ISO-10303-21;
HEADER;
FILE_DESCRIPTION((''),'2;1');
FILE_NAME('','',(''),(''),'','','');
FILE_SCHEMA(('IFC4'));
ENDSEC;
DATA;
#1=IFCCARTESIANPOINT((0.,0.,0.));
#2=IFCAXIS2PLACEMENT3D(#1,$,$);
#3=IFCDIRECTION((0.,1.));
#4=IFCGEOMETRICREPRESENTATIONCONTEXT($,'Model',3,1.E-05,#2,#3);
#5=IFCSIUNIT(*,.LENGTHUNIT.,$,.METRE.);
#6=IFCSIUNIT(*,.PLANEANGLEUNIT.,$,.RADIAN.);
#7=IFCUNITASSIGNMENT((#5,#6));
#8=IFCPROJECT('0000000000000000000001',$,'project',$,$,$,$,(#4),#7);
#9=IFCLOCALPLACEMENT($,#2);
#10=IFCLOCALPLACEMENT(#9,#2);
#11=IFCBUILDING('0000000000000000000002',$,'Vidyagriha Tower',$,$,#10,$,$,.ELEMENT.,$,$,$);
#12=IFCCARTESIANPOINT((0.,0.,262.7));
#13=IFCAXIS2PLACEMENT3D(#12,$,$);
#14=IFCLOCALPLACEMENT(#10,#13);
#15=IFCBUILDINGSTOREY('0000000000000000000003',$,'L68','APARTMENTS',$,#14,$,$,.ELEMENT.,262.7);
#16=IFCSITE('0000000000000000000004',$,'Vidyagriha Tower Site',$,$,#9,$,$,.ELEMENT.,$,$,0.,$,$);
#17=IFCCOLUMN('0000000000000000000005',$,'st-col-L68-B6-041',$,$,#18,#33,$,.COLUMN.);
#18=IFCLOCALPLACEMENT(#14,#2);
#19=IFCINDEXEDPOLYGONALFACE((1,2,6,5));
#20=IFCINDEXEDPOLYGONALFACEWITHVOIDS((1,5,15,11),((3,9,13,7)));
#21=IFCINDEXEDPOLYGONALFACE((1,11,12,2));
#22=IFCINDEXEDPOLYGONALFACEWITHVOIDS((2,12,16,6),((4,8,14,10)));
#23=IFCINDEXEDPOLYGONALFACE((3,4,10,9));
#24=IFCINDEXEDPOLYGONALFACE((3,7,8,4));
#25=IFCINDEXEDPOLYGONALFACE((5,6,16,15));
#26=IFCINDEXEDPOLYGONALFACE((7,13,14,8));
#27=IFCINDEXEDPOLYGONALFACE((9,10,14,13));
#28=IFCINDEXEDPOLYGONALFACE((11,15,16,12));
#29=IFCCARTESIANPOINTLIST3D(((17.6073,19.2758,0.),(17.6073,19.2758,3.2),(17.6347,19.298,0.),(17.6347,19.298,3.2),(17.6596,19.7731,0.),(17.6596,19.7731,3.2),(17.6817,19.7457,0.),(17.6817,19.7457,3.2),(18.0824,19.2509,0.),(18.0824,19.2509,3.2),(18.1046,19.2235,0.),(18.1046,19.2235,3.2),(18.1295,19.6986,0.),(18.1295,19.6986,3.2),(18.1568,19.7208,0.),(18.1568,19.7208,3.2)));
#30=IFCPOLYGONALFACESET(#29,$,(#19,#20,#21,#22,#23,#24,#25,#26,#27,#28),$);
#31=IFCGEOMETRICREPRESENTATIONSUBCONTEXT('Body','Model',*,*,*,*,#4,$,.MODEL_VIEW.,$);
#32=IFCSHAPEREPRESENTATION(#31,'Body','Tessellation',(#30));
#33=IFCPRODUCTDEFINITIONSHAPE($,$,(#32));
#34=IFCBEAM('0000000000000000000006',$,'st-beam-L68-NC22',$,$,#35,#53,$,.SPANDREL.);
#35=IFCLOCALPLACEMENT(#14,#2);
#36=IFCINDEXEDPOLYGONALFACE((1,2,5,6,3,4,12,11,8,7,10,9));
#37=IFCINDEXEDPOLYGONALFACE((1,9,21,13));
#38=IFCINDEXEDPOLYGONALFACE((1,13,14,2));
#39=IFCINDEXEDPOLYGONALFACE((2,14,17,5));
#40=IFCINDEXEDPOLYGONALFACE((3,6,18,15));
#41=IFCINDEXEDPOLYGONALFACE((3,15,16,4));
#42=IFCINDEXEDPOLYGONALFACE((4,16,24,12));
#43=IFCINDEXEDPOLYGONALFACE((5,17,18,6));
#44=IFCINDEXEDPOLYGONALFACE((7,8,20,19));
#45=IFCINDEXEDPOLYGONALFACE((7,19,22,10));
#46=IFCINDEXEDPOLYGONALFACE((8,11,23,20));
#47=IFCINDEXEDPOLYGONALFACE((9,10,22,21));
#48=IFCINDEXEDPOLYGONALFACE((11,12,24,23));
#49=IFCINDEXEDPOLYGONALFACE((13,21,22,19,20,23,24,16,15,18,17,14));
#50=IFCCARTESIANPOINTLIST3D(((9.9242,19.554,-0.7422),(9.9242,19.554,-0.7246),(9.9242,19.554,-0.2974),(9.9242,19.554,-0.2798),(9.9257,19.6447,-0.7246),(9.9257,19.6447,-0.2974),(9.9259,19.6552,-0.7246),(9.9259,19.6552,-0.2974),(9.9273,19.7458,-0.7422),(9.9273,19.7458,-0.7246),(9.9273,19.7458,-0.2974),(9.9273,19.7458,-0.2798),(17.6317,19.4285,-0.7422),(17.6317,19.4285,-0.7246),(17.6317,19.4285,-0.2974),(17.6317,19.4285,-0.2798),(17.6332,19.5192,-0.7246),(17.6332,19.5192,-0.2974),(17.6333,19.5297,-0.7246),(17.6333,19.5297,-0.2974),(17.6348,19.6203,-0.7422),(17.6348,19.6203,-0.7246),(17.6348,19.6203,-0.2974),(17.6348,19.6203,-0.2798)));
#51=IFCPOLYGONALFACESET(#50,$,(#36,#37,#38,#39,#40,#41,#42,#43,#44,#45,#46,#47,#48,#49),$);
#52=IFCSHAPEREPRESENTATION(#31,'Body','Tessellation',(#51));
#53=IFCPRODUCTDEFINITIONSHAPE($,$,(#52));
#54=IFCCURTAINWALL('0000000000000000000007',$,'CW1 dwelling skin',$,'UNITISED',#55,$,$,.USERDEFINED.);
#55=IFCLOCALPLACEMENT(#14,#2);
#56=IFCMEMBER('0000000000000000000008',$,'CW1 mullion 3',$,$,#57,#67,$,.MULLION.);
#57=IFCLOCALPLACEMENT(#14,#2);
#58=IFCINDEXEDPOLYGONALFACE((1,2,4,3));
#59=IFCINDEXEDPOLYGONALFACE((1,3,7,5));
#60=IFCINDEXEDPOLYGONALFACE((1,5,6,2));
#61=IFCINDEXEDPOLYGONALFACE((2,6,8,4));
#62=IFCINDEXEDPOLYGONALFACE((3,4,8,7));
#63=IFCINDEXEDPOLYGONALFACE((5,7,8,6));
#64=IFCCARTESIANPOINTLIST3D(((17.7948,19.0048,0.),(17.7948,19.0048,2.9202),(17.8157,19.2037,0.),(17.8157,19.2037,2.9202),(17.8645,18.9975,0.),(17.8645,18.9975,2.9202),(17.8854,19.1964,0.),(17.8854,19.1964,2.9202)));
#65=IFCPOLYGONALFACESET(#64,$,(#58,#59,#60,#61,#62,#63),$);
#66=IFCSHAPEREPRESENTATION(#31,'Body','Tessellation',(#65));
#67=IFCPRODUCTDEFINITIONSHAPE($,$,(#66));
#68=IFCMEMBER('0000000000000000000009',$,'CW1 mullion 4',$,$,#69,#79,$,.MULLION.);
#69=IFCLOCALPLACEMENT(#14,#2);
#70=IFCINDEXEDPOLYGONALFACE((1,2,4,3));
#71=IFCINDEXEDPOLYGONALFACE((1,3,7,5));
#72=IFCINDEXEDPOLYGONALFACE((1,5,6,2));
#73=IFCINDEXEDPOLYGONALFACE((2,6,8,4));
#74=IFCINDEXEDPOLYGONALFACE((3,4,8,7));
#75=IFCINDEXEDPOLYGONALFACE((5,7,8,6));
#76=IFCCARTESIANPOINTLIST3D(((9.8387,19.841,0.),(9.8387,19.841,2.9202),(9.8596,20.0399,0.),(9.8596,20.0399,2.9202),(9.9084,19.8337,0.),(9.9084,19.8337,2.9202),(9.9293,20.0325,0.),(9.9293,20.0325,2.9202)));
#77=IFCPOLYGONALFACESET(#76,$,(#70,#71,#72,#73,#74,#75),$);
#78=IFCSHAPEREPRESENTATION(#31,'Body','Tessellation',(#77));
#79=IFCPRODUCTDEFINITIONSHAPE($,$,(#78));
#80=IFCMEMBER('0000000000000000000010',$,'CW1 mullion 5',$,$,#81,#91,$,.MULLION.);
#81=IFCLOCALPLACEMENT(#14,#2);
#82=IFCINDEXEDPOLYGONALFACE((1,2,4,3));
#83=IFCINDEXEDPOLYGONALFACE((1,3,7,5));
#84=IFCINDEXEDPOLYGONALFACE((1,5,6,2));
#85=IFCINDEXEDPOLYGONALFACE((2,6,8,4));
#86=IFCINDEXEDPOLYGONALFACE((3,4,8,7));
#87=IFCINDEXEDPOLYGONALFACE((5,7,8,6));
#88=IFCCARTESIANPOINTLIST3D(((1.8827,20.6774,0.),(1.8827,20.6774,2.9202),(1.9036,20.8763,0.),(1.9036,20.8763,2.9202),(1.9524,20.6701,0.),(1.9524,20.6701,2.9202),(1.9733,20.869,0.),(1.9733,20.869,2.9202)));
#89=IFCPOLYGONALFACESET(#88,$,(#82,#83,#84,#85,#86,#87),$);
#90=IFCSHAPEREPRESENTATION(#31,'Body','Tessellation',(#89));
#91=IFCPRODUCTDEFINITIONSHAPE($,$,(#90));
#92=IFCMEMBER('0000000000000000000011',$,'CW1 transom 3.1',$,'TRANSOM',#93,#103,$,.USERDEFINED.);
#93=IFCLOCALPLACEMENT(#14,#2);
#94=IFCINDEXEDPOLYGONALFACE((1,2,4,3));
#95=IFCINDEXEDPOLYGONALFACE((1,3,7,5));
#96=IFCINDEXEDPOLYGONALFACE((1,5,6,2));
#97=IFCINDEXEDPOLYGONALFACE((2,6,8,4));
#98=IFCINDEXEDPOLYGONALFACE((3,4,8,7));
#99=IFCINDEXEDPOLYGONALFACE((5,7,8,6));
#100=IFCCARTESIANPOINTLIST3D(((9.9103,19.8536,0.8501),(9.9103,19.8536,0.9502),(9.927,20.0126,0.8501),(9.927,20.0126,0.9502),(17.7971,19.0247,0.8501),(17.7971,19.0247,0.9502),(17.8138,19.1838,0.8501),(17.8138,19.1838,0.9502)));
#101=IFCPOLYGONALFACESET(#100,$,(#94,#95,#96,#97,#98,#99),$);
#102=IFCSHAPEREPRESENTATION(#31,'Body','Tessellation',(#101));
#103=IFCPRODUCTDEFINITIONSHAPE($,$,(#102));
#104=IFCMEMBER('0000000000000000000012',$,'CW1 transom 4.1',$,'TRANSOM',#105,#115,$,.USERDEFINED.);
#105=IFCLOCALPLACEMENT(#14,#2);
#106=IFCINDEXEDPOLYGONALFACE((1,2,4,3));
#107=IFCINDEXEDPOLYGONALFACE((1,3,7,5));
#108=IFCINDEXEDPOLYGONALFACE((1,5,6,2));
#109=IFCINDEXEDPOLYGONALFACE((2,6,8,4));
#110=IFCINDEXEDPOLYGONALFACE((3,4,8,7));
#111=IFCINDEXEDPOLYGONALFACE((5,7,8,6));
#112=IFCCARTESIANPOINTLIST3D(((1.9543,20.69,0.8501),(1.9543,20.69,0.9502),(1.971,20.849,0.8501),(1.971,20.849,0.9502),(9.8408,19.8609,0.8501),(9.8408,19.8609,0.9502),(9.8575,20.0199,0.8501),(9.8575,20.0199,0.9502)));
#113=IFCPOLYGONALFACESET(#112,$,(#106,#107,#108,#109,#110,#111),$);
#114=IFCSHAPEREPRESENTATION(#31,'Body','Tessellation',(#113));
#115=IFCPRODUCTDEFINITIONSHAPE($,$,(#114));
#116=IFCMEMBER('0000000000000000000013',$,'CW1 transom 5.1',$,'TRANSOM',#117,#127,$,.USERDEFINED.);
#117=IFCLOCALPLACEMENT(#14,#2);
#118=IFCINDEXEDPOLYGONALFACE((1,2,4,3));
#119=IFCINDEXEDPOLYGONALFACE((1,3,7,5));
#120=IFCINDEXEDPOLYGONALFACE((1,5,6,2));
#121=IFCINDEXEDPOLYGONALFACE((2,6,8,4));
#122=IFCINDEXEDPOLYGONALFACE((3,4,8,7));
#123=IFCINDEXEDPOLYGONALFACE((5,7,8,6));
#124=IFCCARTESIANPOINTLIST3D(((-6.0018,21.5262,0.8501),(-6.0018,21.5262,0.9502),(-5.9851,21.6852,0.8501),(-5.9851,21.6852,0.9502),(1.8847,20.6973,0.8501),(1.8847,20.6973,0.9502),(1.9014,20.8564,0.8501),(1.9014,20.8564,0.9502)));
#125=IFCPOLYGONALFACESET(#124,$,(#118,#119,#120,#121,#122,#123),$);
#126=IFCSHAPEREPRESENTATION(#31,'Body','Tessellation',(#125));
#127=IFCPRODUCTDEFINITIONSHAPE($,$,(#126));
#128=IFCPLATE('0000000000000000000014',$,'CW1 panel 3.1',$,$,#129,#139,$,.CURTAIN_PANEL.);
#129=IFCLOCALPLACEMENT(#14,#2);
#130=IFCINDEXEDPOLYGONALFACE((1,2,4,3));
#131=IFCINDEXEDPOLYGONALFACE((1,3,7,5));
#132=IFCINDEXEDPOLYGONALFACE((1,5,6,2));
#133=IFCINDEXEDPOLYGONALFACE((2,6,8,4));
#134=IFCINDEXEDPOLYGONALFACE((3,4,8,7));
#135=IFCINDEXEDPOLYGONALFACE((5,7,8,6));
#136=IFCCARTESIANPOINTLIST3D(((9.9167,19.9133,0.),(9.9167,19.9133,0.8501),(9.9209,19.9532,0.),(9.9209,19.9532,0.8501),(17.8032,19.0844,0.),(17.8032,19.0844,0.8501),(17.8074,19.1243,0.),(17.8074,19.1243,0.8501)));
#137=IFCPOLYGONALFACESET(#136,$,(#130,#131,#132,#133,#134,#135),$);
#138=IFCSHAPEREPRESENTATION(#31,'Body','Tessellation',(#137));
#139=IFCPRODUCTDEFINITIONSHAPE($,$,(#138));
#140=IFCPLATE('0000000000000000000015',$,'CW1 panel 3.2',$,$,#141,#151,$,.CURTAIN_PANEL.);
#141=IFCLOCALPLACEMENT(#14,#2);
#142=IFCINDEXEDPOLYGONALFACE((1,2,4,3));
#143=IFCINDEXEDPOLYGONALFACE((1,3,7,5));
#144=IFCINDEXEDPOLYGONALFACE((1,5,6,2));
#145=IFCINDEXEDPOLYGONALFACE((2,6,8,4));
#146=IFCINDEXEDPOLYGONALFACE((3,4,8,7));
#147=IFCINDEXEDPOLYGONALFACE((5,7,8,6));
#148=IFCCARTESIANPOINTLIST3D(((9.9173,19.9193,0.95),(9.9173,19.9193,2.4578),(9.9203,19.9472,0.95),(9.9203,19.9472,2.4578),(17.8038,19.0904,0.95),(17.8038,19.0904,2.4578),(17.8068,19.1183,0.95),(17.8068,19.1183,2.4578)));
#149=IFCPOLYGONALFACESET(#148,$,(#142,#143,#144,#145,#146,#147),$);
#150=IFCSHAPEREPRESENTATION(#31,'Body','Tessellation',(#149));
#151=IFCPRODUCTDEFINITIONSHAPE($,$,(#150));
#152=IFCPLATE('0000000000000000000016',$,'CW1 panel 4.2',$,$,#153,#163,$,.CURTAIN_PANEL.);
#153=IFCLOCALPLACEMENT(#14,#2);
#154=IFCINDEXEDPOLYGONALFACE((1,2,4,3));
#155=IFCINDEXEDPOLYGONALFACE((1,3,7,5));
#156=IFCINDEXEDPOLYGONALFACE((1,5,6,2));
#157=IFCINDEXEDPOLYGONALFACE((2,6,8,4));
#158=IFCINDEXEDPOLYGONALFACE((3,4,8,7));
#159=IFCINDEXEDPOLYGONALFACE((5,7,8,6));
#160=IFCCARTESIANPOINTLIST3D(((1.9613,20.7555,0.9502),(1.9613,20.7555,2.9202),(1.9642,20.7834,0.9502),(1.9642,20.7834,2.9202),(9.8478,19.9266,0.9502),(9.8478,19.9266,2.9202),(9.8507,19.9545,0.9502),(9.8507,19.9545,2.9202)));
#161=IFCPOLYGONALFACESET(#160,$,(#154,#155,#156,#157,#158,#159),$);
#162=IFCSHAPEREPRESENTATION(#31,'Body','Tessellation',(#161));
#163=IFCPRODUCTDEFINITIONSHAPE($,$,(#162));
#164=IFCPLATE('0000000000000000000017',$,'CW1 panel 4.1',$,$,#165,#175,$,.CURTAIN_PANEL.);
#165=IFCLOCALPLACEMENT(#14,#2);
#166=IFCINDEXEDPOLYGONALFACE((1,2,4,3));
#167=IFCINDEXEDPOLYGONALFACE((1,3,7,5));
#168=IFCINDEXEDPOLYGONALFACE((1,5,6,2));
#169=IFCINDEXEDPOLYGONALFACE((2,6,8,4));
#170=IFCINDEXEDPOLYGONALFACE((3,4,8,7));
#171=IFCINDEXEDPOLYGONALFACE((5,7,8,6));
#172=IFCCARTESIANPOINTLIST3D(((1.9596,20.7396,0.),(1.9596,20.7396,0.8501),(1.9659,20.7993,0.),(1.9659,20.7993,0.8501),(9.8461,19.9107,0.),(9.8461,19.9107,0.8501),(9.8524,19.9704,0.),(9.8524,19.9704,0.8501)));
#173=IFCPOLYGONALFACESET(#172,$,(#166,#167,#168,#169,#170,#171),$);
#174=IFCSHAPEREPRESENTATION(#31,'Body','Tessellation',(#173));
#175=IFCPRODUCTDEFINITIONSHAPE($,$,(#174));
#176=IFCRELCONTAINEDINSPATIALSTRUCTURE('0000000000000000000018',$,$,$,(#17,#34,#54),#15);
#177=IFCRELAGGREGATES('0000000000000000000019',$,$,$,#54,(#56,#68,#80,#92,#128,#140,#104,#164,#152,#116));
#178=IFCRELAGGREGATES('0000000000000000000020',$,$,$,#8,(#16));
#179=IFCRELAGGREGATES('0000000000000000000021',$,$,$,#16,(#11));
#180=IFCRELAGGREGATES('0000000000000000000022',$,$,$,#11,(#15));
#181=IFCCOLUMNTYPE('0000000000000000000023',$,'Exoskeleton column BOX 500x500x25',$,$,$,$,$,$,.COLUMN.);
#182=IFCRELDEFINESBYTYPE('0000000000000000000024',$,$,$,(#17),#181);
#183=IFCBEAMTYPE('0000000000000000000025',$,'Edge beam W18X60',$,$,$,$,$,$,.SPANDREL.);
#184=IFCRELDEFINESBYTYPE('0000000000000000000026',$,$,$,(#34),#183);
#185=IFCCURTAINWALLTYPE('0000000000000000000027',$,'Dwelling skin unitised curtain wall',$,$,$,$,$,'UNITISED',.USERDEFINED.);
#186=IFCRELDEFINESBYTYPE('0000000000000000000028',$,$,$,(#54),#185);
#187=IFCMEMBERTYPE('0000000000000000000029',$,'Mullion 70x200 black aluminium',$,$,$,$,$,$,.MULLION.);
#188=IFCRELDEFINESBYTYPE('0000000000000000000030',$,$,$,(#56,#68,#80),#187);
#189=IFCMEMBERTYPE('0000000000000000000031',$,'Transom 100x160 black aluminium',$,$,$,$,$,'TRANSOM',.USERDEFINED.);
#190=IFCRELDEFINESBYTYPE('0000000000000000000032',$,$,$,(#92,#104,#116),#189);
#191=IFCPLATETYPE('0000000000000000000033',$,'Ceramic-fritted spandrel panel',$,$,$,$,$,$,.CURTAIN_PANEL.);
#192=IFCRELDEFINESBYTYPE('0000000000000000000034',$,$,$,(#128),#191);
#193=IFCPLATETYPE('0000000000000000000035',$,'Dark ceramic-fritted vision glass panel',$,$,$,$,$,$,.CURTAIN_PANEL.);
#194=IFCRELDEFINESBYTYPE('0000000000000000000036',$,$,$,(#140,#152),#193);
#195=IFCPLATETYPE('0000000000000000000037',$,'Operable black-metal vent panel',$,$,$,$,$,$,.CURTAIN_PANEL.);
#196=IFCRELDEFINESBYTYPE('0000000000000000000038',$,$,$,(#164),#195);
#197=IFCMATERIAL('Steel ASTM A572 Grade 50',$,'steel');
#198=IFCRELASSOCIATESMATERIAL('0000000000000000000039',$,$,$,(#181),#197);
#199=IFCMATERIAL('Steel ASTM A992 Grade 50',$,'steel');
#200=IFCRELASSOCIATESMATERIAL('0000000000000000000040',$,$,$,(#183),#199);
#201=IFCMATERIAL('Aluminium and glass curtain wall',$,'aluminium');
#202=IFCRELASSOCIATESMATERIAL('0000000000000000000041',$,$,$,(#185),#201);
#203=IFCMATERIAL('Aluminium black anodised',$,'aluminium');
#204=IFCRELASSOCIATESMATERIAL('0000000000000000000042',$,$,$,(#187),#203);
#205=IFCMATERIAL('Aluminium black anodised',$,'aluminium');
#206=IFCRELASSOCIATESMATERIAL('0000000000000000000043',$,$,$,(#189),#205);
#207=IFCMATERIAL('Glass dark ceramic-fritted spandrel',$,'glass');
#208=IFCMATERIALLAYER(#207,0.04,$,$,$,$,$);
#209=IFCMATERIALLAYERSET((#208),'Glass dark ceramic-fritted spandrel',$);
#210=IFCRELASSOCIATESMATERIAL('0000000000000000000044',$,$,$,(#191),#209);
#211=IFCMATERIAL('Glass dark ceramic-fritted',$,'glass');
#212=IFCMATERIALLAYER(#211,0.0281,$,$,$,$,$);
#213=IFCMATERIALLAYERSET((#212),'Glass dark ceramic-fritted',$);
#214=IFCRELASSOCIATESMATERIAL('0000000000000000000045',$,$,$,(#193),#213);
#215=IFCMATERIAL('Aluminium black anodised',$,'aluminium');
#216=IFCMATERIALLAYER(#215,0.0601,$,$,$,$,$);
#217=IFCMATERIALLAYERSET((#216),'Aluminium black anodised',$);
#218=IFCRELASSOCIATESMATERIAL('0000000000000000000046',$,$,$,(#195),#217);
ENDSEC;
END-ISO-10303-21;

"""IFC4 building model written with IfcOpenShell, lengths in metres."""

from ifc_helpers import new_model, si_unit, direction, frame, origin, origin_2d, place, context, subcontext, project, spatial, rectangle, hollow_rectangle, i_section, extrude, material, layer, layer_set, material_profile, profile_set, type_object, element, aggregate, save


model = new_model("IFC4")

# Units and contexts
model_context = context("Model", 3, precision=1e-05, world=origin(), true_north=direction((0.0, 1.0)))
body_context = subcontext(model_context, "Body", "Model", "MODEL_VIEW")
ifc_project = project(units=[si_unit("LENGTHUNIT", "METRE"), si_unit("PLANEANGLEUNIT", "RADIAN")], contexts=[model_context])

# Site, building, storey
site_placement = place(None, origin())
site = spatial("IfcSite", under=ifc_project, at=site_placement, Name="Vidyagriha Tower Site", CompositionType="ELEMENT", RefElevation=0.0)
building_placement = place(site_placement, origin())
building = spatial("IfcBuilding", under=site, at=building_placement, Name="Vidyagriha Tower", CompositionType="ELEMENT")
storey_placement = place(building_placement, frame((0.0, 0.0, 262.7)))
storey = spatial("IfcBuildingStorey", under=building, at=storey_placement, Name="L68", Description="APARTMENTS", CompositionType="ELEMENT", Elevation=262.7)

# Column
ifc_material_1 = material(Name="Steel ASTM A572 Grade 50", Category="steel")
ifc_material_profile_1 = material_profile(ifc_material_1, hollow_rectangle(XDim=0.5, YDim=0.5, WallThickness=0.0249, at=origin_2d()), Name="BOX 500x500x25")
ifc_profile_set_1 = profile_set([ifc_material_profile_1], Name="Steel ASTM A572 Grade 50")
column_type = type_object("IfcColumnType", Name="Exoskeleton column BOX 500x500x25", PredefinedType="COLUMN", material=ifc_profile_set_1)
column_placement = place(storey_placement, frame((17.8821, 19.4983, 0.0), z_axis=(0.0, 0.0, 1.0), x_axis=(0.994522, -0.104528, 0.0)))
element("IfcColumn", 1, at=column_placement, inside=storey, type_object=column_type, Name="st-col-L68-B6-041", PredefinedType="COLUMN", context=body_context, shape_type="SweptSolid", body=[
    extrude(hollow_rectangle(XDim=0.5, YDim=0.5, WallThickness=0.0249, at=origin_2d()), origin(), (0.0, 0.0, 1.0), 3.2),
])

# Beam
ifc_material_2 = material(Name="Steel ASTM A992 Grade 50", Category="steel")
ifc_material_profile_2 = material_profile(ifc_material_2, i_section(OverallWidth=0.1919, OverallDepth=0.4624, WebThickness=0.0105, FlangeThickness=0.0176, at=origin_2d()), Name="W18X60")
ifc_profile_set_2 = profile_set([ifc_material_profile_2], Name="Steel ASTM A992 Grade 50")
beam_type = type_object("IfcBeamType", Name="Edge beam W18X60", PredefinedType="SPANDREL", material=ifc_profile_set_2)
beam_placement = place(storey_placement, frame((9.9258, 19.6499, -0.511), z_axis=(0.999867, -0.016279, 0.0), x_axis=(0.016279, 0.999867, 0.0)))
element("IfcBeam", 2, at=beam_placement, inside=storey, type_object=beam_type, Name="st-beam-L68-NC22", PredefinedType="SPANDREL", context=body_context, shape_type="SweptSolid", body=[
    extrude(i_section(OverallWidth=0.1919, OverallDepth=0.4624, WebThickness=0.0105, FlangeThickness=0.0176, at=origin_2d()), origin(), (0.0, 0.0, 1.0), 7.7085),
])

# Curtain wall, members, plates
ifc_material_3 = material(Name="Aluminium and glass curtain wall", Category="aluminium")
curtain_wall_type = type_object("IfcCurtainWallType", Name="Dwelling skin unitised curtain wall", ElementType="UNITISED", PredefinedType="USERDEFINED", material=ifc_material_3)
curtain_wall_placement = place(storey_placement, origin())
curtain_wall = element("IfcCurtainWall", 3, at=curtain_wall_placement, inside=storey, type_object=curtain_wall_type, Name="CW1 dwelling skin", ObjectType="UNITISED", PredefinedType="USERDEFINED")
ifc_material_4 = material(Name="Aluminium black anodised", Category="aluminium")
ifc_material_profile_3 = material_profile(ifc_material_4, rectangle(XDim=0.2, YDim=0.0701, at=origin_2d()), Name="Mullion 70x200 black aluminium")
ifc_profile_set_3 = profile_set([ifc_material_profile_3], Name="Aluminium black anodised")
member_type_1 = type_object("IfcMemberType", Name="Mullion 70x200 black aluminium", PredefinedType="MULLION", material=ifc_profile_set_3)
member_1_placement = place(storey_placement, frame((17.8401, 19.1006, 0.0), z_axis=(0.0, 0.0, 1.0), x_axis=(-0.104529, -0.994522, 0.0)))
member_1 = element("IfcMember", 4, at=member_1_placement, type_object=member_type_1, Name="CW1 mullion 3", PredefinedType="MULLION", context=body_context, shape_type="SweptSolid", body=[
    extrude(rectangle(XDim=0.2, YDim=0.0701, at=origin_2d()), origin(), (0.0, 0.0, 1.0), 2.9202),
])
member_2_placement = place(storey_placement, frame((9.884, 19.9368, 0.0), z_axis=(0.0, 0.0, 1.0), x_axis=(-0.104529, -0.994522, 0.0)))
member_2 = element("IfcMember", 5, at=member_2_placement, type_object=member_type_1, Name="CW1 mullion 4", PredefinedType="MULLION", context=body_context, shape_type="SweptSolid", body=[
    extrude(rectangle(XDim=0.2, YDim=0.0701, at=origin_2d()), origin(), (0.0, 0.0, 1.0), 2.9202),
])
member_3_placement = place(storey_placement, frame((1.928, 20.7732, 0.0), z_axis=(0.0, 0.0, 1.0), x_axis=(-0.104529, -0.994522, 0.0)))
member_3 = element("IfcMember", 6, at=member_3_placement, type_object=member_type_1, Name="CW1 mullion 5", PredefinedType="MULLION", context=body_context, shape_type="SweptSolid", body=[
    extrude(rectangle(XDim=0.2, YDim=0.0701, at=origin_2d()), origin(), (0.0, 0.0, 1.0), 2.9202),
])
ifc_material_5 = material(Name="Aluminium black anodised", Category="aluminium")
ifc_material_profile_4 = material_profile(ifc_material_5, rectangle(XDim=0.1599, YDim=0.1001, at=origin_2d()), Name="Transom 100x160 black aluminium")
ifc_profile_set_4 = profile_set([ifc_material_profile_4], Name="Aluminium black anodised")
member_type_2 = type_object("IfcMemberType", Name="Transom 100x160 black aluminium", ElementType="TRANSOM", PredefinedType="USERDEFINED", material=ifc_profile_set_4)
member_4_placement = place(storey_placement, frame((17.8054, 19.1042, 0.9001), z_axis=(-0.994523, 0.10452, 0.0), x_axis=(-0.10452, -0.994523, 0.0)))
member_4 = element("IfcMember", 7, at=member_4_placement, type_object=member_type_2, Name="CW1 transom 3.1", ObjectType="TRANSOM", PredefinedType="USERDEFINED", context=body_context, shape_type="SweptSolid", body=[
    extrude(rectangle(XDim=0.1599, YDim=0.1001, at=origin_2d()), origin(), (0.0, 0.0, 1.0), 7.9302),
])
member_5_placement = place(storey_placement, frame((9.8491, 19.9404, 0.9001), z_axis=(-0.994519, 0.104553, 0.0), x_axis=(-0.104553, -0.994519, 0.0)))
member_5 = element("IfcMember", 8, at=member_5_placement, type_object=member_type_2, Name="CW1 transom 4.1", ObjectType="TRANSOM", PredefinedType="USERDEFINED", context=body_context, shape_type="SweptSolid", body=[
    extrude(rectangle(XDim=0.1599, YDim=0.1001, at=origin_2d()), origin(), (0.0, 0.0, 1.0), 7.9299),
])
member_6_placement = place(storey_placement, frame((1.8931, 20.7769, 0.9001), z_axis=(-0.994522, 0.104523, 0.0), x_axis=(-0.104523, -0.994522, 0.0)))
member_6 = element("IfcMember", 9, at=member_6_placement, type_object=member_type_2, Name="CW1 transom 5.1", ObjectType="TRANSOM", PredefinedType="USERDEFINED", context=body_context, shape_type="SweptSolid", body=[
    extrude(rectangle(XDim=0.1599, YDim=0.1001, at=origin_2d()), origin(), (0.0, 0.0, 1.0), 7.9299),
])
ifc_material_6 = material(Name="Glass dark ceramic-fritted spandrel", Category="glass")
ifc_layer_1 = layer(ifc_material_6, 0.04)
ifc_layer_set_1 = layer_set([ifc_layer_1], Name="Glass dark ceramic-fritted spandrel")
plate_type_1 = type_object("IfcPlateType", Name="Ceramic-fritted spandrel panel", PredefinedType="CURTAIN_PANEL", material=ifc_layer_set_1)
plate_1_placement = place(storey_placement, frame((13.8621, 19.5188, 0.0), z_axis=(0.0, 0.0, 1.0), x_axis=(-0.994522, 0.104529, 0.0)))
plate_1 = element("IfcPlate", 10, at=plate_1_placement, type_object=plate_type_1, Name="CW1 panel 3.1", PredefinedType="CURTAIN_PANEL", context=body_context, shape_type="SweptSolid", body=[
    extrude(rectangle(XDim=7.9299, YDim=0.04, at=origin_2d()), origin(), (0.0, 0.0, 1.0), 0.8501),
])
ifc_material_7 = material(Name="Glass dark ceramic-fritted", Category="glass")
ifc_layer_2 = layer(ifc_material_7, 0.0281)
ifc_layer_set_2 = layer_set([ifc_layer_2], Name="Glass dark ceramic-fritted")
plate_type_2 = type_object("IfcPlateType", Name="Dark ceramic-fritted vision glass panel", PredefinedType="CURTAIN_PANEL", material=ifc_layer_set_2)
plate_2_placement = place(storey_placement, frame((13.8621, 19.5188, 0.95), z_axis=(0.0, 0.0, 1.0), x_axis=(-0.994522, 0.104529, 0.0)))
plate_2 = element("IfcPlate", 11, at=plate_2_placement, type_object=plate_type_2, Name="CW1 panel 3.2", PredefinedType="CURTAIN_PANEL", context=body_context, shape_type="SweptSolid", body=[
    extrude(rectangle(XDim=7.9299, YDim=0.0281, at=origin_2d()), origin(), (0.0, 0.0, 1.0), 1.5078),
])
plate_3_placement = place(storey_placement, frame((5.906, 20.355, 0.9502), z_axis=(0.0, 0.0, 1.0), x_axis=(-0.994522, 0.104529, 0.0)))
plate_3 = element("IfcPlate", 12, at=plate_3_placement, type_object=plate_type_2, Name="CW1 panel 4.2", PredefinedType="CURTAIN_PANEL", context=body_context, shape_type="SweptSolid", body=[
    extrude(rectangle(XDim=7.9299, YDim=0.0281, at=origin_2d()), origin(), (0.0, 0.0, 1.0), 1.97),
])
ifc_material_8 = material(Name="Aluminium black anodised", Category="aluminium")
ifc_layer_3 = layer(ifc_material_8, 0.0601)
ifc_layer_set_3 = layer_set([ifc_layer_3], Name="Aluminium black anodised")
plate_type_3 = type_object("IfcPlateType", Name="Operable black-metal vent panel", PredefinedType="CURTAIN_PANEL", material=ifc_layer_set_3)
plate_4_placement = place(storey_placement, frame((5.906, 20.355, 0.0), z_axis=(0.0, 0.0, 1.0), x_axis=(-0.994522, 0.104529, 0.0)))
plate_4 = element("IfcPlate", 13, at=plate_4_placement, type_object=plate_type_3, Name="CW1 panel 4.1", PredefinedType="CURTAIN_PANEL", context=body_context, shape_type="SweptSolid", body=[
    extrude(rectangle(XDim=7.9299, YDim=0.0601, at=origin_2d()), origin(), (0.0, 0.0, 1.0), 0.8501),
])
aggregate(curtain_wall, [member_1, member_2, member_3, member_4, plate_1, plate_2, member_5, plate_4, plate_3, member_6])

save(model, "model.ifc")
